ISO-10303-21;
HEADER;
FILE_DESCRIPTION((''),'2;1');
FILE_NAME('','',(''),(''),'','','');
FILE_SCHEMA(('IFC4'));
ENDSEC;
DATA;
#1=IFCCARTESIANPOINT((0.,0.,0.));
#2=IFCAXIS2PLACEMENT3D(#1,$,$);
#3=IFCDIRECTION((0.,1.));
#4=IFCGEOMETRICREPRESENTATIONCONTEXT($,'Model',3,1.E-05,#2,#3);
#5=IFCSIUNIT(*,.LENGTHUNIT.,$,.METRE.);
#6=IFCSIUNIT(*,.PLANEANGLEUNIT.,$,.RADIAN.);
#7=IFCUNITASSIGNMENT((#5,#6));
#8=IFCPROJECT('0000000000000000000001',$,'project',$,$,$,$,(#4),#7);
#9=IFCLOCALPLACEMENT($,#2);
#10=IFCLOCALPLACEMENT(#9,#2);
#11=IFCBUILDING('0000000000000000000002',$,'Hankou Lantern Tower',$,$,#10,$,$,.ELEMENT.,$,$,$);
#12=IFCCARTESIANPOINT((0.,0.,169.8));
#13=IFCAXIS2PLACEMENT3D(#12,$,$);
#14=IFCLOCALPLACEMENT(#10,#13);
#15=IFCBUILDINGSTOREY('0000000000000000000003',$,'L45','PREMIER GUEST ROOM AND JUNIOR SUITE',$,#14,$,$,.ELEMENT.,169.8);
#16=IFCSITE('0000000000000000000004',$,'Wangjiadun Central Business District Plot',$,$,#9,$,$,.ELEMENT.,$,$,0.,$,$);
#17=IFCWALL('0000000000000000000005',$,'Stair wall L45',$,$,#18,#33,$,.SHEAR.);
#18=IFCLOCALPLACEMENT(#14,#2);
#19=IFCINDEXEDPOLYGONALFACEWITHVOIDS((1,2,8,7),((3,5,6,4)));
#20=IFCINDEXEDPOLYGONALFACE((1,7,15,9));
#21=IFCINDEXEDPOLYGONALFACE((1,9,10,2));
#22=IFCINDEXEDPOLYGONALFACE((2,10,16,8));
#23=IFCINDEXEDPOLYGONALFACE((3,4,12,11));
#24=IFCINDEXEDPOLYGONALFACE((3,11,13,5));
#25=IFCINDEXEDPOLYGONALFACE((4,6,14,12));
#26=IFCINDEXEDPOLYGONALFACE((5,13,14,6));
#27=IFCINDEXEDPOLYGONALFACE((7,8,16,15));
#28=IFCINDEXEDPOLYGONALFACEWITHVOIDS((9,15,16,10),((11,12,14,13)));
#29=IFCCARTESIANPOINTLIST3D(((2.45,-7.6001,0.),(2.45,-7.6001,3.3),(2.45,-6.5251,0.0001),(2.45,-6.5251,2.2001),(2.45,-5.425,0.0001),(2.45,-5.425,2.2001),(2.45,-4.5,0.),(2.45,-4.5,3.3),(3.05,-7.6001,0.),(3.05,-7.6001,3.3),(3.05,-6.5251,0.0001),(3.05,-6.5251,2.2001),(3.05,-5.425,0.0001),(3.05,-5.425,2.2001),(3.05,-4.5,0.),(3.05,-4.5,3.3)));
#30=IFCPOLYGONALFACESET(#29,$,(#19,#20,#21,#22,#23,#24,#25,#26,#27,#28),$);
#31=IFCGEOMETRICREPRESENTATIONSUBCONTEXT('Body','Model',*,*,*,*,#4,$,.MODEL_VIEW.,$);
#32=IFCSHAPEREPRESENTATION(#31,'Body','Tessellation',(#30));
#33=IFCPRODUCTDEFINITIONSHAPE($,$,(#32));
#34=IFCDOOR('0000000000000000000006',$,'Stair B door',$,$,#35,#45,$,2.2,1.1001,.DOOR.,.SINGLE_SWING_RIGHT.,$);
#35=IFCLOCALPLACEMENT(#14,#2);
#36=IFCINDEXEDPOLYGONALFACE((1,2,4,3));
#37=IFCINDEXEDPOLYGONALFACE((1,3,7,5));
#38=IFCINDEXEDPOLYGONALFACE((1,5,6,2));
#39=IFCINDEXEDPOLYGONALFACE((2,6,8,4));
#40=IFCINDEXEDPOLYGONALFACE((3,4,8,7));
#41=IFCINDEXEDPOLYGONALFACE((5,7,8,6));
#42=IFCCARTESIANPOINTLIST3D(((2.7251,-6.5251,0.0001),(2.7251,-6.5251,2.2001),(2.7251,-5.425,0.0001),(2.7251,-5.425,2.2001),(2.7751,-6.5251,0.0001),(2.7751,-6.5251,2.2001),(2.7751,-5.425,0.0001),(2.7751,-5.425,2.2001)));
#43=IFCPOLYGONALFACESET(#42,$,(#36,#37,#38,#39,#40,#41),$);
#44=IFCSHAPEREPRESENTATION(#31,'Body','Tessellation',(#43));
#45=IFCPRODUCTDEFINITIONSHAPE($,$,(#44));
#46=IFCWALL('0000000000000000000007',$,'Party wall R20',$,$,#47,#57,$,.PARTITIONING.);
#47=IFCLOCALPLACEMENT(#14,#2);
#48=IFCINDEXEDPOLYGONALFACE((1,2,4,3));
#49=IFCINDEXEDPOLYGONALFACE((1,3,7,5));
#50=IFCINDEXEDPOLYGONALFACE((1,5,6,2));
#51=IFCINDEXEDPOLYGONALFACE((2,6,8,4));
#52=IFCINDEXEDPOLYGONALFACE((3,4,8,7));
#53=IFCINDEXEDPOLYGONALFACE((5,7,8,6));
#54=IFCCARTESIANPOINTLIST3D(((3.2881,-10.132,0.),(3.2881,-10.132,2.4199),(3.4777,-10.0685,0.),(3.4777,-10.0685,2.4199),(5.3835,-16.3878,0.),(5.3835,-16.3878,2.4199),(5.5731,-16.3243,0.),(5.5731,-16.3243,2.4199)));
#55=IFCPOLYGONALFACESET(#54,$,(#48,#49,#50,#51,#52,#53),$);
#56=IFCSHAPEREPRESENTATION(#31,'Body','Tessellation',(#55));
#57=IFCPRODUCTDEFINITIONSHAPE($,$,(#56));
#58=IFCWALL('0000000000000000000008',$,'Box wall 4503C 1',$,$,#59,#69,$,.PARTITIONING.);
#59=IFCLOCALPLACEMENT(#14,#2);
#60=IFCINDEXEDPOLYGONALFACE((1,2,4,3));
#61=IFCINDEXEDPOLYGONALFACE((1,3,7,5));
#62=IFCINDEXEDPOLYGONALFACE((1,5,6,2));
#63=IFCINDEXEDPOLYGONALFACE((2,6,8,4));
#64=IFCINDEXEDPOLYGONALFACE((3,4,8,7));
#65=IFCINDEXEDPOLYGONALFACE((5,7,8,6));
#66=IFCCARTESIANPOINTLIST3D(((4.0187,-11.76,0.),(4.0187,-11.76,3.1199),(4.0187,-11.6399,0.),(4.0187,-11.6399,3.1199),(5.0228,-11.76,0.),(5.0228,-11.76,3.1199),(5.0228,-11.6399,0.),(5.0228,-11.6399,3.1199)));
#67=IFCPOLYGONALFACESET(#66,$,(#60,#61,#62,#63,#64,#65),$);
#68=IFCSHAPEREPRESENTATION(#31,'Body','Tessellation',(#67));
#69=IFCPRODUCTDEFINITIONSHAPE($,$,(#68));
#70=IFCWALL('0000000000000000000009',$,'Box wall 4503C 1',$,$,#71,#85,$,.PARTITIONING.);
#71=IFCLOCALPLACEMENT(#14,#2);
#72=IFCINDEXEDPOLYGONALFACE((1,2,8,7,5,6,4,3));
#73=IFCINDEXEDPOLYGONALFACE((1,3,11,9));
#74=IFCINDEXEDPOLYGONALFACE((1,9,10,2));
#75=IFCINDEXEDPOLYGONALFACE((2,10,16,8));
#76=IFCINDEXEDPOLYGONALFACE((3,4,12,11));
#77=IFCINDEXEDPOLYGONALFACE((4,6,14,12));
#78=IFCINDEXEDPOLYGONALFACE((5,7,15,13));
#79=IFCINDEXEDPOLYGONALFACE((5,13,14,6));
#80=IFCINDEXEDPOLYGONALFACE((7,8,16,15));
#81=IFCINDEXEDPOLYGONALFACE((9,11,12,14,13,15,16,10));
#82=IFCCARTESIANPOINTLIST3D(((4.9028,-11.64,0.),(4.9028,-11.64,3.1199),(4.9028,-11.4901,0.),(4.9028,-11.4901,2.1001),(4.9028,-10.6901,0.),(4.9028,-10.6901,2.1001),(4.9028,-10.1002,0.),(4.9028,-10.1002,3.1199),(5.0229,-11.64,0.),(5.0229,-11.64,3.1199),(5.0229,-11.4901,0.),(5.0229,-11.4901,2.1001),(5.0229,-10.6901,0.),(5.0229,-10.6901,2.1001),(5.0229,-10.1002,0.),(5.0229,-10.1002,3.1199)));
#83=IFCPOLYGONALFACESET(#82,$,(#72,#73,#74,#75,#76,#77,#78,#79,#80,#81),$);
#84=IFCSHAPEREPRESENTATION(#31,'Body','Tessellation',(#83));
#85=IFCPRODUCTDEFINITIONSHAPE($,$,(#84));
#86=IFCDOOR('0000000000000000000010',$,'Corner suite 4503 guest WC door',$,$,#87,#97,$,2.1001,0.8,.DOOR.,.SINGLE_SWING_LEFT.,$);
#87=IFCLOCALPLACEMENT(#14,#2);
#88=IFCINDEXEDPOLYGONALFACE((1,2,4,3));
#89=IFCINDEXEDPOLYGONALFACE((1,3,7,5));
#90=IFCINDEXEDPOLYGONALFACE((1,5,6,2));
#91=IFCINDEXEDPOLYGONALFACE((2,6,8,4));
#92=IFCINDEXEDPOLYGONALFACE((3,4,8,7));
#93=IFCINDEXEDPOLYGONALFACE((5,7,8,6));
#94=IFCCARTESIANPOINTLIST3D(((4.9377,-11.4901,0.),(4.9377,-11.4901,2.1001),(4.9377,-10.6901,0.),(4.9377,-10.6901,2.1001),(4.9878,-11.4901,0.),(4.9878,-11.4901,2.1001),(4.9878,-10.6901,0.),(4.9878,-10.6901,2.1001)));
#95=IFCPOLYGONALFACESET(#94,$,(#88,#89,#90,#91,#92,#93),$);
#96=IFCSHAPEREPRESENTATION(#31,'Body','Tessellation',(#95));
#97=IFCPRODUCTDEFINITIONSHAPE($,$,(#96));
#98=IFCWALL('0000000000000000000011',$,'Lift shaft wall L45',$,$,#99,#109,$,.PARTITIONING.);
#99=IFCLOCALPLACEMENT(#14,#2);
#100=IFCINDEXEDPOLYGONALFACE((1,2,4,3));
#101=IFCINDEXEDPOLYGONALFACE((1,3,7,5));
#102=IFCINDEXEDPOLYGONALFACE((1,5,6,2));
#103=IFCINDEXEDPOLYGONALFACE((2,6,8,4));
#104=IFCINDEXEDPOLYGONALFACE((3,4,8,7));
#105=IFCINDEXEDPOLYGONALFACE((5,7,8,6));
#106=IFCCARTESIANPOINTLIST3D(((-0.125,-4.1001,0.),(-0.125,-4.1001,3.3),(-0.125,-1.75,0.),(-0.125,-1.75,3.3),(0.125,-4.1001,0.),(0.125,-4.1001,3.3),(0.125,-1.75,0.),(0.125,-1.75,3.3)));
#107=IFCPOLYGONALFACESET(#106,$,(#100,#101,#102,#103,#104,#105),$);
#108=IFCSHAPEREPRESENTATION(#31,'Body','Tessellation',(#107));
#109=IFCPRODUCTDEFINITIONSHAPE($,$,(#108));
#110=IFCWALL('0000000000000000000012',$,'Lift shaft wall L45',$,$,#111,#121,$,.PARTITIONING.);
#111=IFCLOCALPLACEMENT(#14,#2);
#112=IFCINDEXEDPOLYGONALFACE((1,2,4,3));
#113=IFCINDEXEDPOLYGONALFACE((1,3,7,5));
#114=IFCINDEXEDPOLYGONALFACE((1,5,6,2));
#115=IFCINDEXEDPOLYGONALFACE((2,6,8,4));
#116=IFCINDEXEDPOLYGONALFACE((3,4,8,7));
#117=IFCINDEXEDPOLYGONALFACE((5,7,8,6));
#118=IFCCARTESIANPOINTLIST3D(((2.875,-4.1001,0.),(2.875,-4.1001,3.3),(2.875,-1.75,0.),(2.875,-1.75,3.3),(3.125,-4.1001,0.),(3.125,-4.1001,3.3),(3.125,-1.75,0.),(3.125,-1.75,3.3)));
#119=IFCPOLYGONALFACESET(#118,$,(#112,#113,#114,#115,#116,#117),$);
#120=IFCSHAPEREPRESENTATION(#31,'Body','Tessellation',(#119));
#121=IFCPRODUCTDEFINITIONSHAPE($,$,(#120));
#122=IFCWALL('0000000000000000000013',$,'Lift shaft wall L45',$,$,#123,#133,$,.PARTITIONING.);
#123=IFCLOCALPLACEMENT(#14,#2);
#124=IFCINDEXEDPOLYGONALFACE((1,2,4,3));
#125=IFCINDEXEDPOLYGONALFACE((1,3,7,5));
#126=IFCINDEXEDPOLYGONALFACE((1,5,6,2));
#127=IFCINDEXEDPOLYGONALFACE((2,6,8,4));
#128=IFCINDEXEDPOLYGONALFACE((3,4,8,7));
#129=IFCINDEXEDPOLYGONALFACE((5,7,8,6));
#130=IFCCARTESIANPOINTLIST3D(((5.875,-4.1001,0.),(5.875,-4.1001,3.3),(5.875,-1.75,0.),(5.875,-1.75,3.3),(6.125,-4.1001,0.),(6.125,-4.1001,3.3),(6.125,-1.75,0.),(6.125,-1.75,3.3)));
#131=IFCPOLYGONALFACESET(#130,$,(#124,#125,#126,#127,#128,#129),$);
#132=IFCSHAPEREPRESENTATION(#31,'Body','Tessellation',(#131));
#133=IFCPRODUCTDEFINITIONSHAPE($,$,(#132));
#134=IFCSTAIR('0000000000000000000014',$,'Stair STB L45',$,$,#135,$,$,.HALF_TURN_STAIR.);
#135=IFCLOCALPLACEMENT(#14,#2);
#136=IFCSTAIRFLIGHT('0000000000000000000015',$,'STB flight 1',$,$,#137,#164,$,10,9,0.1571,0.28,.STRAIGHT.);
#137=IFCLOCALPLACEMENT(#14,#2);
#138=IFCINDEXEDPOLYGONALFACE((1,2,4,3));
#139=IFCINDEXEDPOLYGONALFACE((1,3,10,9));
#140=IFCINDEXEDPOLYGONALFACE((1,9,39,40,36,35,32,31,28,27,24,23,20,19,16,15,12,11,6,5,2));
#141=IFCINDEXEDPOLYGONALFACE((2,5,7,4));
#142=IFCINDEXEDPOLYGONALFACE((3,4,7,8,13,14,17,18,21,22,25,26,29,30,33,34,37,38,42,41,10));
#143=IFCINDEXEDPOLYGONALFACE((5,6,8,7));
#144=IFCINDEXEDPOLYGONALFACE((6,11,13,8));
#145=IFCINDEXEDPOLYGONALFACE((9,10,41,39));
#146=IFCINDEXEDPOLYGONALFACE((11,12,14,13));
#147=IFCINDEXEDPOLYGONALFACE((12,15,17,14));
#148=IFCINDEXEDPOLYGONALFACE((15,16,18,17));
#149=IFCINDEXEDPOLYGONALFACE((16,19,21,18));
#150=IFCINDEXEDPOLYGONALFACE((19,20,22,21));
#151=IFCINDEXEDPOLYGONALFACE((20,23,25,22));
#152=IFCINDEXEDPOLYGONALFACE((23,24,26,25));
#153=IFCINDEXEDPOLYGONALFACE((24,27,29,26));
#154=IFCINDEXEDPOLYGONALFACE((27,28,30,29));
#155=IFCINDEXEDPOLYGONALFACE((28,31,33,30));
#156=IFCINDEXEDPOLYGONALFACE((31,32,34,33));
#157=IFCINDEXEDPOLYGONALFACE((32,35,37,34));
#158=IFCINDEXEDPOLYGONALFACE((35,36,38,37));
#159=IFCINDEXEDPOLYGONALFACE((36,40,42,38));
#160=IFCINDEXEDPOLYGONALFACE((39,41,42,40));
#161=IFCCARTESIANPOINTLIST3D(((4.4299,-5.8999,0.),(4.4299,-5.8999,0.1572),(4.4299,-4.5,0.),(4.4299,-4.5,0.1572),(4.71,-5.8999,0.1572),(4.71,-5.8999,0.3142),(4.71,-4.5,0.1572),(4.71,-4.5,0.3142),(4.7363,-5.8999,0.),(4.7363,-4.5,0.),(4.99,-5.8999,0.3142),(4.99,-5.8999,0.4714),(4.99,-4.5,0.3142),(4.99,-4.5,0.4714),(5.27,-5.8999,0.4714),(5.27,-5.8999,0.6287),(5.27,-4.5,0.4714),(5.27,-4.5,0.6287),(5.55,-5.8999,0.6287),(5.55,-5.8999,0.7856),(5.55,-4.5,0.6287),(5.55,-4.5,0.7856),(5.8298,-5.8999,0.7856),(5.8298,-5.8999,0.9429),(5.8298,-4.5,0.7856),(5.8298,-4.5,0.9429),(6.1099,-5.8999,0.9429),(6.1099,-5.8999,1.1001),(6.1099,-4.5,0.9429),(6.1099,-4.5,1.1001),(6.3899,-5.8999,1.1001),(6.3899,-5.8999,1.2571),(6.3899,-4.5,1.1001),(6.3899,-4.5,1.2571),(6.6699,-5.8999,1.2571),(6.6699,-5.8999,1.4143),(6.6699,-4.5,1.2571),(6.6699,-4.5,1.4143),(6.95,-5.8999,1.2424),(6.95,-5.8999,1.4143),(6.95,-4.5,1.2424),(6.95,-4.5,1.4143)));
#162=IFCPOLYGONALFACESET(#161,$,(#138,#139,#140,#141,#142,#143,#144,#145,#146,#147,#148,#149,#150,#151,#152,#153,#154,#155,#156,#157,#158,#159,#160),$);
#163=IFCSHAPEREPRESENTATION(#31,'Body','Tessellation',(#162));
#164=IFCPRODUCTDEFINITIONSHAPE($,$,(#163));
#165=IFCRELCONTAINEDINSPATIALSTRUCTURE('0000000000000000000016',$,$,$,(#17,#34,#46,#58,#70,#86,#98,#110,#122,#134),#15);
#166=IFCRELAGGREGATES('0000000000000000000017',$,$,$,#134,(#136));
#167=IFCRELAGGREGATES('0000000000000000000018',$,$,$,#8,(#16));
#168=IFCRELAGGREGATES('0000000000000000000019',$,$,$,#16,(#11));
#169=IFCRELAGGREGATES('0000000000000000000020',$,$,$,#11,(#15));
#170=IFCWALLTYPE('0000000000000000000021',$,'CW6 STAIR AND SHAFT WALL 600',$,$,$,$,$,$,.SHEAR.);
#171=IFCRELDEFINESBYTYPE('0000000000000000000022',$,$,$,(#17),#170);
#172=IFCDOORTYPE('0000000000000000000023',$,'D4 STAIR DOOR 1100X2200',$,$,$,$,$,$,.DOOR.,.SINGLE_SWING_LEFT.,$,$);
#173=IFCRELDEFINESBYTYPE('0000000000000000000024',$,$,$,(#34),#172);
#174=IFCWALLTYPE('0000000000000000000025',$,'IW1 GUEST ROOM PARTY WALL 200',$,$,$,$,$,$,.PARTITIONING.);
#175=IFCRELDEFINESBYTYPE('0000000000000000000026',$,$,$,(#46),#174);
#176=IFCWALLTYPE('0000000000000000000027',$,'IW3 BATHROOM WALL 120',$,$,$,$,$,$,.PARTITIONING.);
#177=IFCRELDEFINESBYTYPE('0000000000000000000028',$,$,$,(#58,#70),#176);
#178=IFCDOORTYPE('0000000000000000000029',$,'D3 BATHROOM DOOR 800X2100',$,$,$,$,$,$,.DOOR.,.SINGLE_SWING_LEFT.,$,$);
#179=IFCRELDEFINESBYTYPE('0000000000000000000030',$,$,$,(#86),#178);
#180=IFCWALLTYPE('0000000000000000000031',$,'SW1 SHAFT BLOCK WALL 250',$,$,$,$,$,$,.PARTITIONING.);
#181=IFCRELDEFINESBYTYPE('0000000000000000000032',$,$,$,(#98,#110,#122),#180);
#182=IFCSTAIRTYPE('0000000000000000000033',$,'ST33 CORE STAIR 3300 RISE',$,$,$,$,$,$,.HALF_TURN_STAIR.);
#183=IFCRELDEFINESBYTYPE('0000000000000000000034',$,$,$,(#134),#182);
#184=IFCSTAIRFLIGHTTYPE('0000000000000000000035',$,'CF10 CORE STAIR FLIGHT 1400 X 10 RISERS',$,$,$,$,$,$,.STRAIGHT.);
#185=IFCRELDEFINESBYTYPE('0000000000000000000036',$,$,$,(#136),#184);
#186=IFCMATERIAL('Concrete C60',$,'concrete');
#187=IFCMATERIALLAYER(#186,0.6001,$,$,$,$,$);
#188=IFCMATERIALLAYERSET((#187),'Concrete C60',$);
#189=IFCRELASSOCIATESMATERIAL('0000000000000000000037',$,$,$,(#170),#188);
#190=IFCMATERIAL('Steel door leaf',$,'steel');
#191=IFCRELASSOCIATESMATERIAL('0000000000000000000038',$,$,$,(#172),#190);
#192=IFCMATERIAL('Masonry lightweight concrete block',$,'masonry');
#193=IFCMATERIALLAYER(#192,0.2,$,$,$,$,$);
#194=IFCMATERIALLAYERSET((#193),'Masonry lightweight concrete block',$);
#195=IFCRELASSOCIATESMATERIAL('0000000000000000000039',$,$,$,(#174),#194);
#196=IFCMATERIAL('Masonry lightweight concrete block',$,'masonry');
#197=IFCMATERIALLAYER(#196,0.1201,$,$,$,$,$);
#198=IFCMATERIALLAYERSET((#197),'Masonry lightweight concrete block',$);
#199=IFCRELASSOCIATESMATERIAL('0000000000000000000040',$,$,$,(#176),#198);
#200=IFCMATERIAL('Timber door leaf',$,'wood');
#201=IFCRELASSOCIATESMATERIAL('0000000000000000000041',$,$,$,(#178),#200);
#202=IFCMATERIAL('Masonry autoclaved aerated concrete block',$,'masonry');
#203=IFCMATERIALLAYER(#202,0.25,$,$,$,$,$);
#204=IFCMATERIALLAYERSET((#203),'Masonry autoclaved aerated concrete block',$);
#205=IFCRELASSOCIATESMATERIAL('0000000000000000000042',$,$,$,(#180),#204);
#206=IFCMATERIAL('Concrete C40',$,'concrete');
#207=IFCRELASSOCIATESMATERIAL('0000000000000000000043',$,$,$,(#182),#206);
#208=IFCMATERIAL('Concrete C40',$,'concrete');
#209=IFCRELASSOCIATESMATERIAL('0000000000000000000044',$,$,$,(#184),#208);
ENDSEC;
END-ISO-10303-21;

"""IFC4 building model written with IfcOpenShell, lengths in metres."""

from ifc_helpers import new_model, si_unit, direction, frame, frame_2d, origin, place, context, subcontext, project, spatial, polyline, rectangle, outline, extrude, material, layer, layer_set, type_object, element, fill, aggregate, save


model = new_model("IFC4")

# Units and contexts
model_context = context("Model", 3, precision=1e-05, world=origin(), true_north=direction((0.0, 1.0)))
body_context = subcontext(model_context, "Body", "Model", "MODEL_VIEW")
ifc_project = project(units=[si_unit("LENGTHUNIT", "METRE"), si_unit("PLANEANGLEUNIT", "RADIAN")], contexts=[model_context])

# Site, building, storey
site_placement = place(None, origin())
site = spatial("IfcSite", under=ifc_project, at=site_placement, Name="Wangjiadun Central Business District Plot", CompositionType="ELEMENT", RefElevation=0.0)
building_placement = place(site_placement, origin())
building = spatial("IfcBuilding", under=site, at=building_placement, Name="Hankou Lantern Tower", CompositionType="ELEMENT")
storey_placement = place(building_placement, frame((0.0, 0.0, 169.8)))
storey = spatial("IfcBuildingStorey", under=building, at=storey_placement, Name="L45", Description="PREMIER GUEST ROOM AND JUNIOR SUITE", CompositionType="ELEMENT", Elevation=169.8)

# Wall, opening, door
ifc_material_1 = material(Name="Concrete C60", Category="concrete")
ifc_layer_1 = layer(ifc_material_1, 0.6001)
ifc_layer_set_1 = layer_set([ifc_layer_1], Name="Concrete C60")
wall_type_1 = type_object("IfcWallType", Name="CW6 STAIR AND SHAFT WALL 600", PredefinedType="SHEAR", material=ifc_layer_set_1)
wall_1_placement = place(storey_placement, frame((2.75, -7.6001, 0.0), z_axis=(0.0, 0.0, 1.0), x_axis=(0.0, 1.0, 0.0)))
wall_1 = element("IfcWall", 1, at=wall_1_placement, inside=storey, type_object=wall_type_1, Name="Stair wall L45", PredefinedType="SHEAR", context=body_context, shape_type="SweptSolid", body=[
    extrude(rectangle(XDim=3.1001, YDim=0.6001, at=frame_2d((1.55, 0.0))), origin(), (0.0, 0.0, 1.0), 3.3),
])
opening_1_placement = place(wall_1_placement, frame((1.075, 0.0, 0.0)))
opening_1 = element("IfcOpeningElement", 2, at=opening_1_placement, cuts=wall_1, PredefinedType="OPENING", context=body_context, shape_type="SweptSolid", body=[
    extrude(rectangle(XDim=1.1001, YDim=2.2, at=frame_2d((0.55, 1.1001))), frame((0.0, 0.3101, 0.0), z_axis=(0.0, -1.0, 0.0), x_axis=(1.0, 0.0, 0.0)), (0.0, 0.0, 1.0), 0.6201),
])
ifc_material_2 = material(Name="Steel door leaf", Category="steel")
door_type_1 = type_object("IfcDoorType", Name="D4 STAIR DOOR 1100X2200", OperationType="SINGLE_SWING_LEFT", PredefinedType="DOOR", material=ifc_material_2)
door_1_placement = place(opening_1_placement, origin())
door_1 = element("IfcDoor", 3, at=door_1_placement, inside=storey, type_object=door_type_1, Name="Stair B door", OperationType="SINGLE_SWING_RIGHT", OverallHeight=2.2, OverallWidth=1.1001, PredefinedType="DOOR", context=body_context, shape_type="SweptSolid", body=[
    extrude(rectangle(XDim=1.1001, YDim=2.2, at=frame_2d((0.55, 1.1001))), frame((0.0, 0.0249, 0.0), z_axis=(0.0, -1.0, 0.0), x_axis=(1.0, 0.0, 0.0)), (0.0, 0.0, 1.0), 0.05),
])
fill(opening_1, door_1)

# Walls
ifc_material_3 = material(Name="Masonry lightweight concrete block", Category="masonry")
ifc_layer_2 = layer(ifc_material_3, 0.2)
ifc_layer_set_2 = layer_set([ifc_layer_2], Name="Masonry lightweight concrete block")
wall_type_2 = type_object("IfcWallType", Name="IW1 GUEST ROOM PARTY WALL 200", PredefinedType="PARTITIONING", material=ifc_layer_set_2)
wall_2_placement = place(storey_placement, frame((3.3828, -10.1001, 0.0), z_axis=(0.0, 0.0, 1.0), x_axis=(0.317615, -0.94822, 0.0)))
element("IfcWall", 4, at=wall_2_placement, inside=storey, type_object=wall_type_2, Name="Party wall R20", PredefinedType="PARTITIONING", context=body_context, shape_type="SweptSolid", body=[
    extrude(rectangle(XDim=6.5974, YDim=0.2, at=frame_2d((3.2988, 0.0))), origin(), (0.0, 0.0, 1.0), 2.4199),
])
ifc_material_4 = material(Name="Masonry lightweight concrete block", Category="masonry")
ifc_layer_3 = layer(ifc_material_4, 0.1201)
ifc_layer_set_3 = layer_set([ifc_layer_3], Name="Masonry lightweight concrete block")
wall_type_3 = type_object("IfcWallType", Name="IW3 BATHROOM WALL 120", PredefinedType="PARTITIONING", material=ifc_layer_set_3)
wall_3_placement = place(storey_placement, frame((4.0188, -11.7, 0.0), z_axis=(0.0, 0.0, 1.0), x_axis=(1.0, 0.0, 0.0)))
element("IfcWall", 5, at=wall_3_placement, inside=storey, type_object=wall_type_3, Name="Box wall 4503C 1", PredefinedType="PARTITIONING", context=body_context, shape_type="SweptSolid", body=[
    extrude(rectangle(XDim=1.0042, YDim=0.1201, at=frame_2d((0.502, 0.0))), origin(), (0.0, 0.0, 1.0), 3.1199),
])

# Wall, opening, door
wall_4_placement = place(storey_placement, frame((4.9629, -10.1001, 0.0), z_axis=(0.0, 0.0, 1.0), x_axis=(0.0, -1.0, 0.0)))
wall_4 = element("IfcWall", 6, at=wall_4_placement, inside=storey, type_object=wall_type_3, Name="Box wall 4503C 1", PredefinedType="PARTITIONING", context=body_context, shape_type="SweptSolid", body=[
    extrude(rectangle(XDim=1.5398, YDim=0.1201, at=frame_2d((0.77, 0.0))), origin(), (0.0, 0.0, 1.0), 3.1199),
])
opening_2_placement = place(wall_4_placement, frame((0.5901, 0.0, 0.0)))
opening_2 = element("IfcOpeningElement", 7, at=opening_2_placement, cuts=wall_4, PredefinedType="OPENING", context=body_context, shape_type="SweptSolid", body=[
    extrude(rectangle(XDim=0.8, YDim=2.1001, at=frame_2d((0.3999, 1.05))), frame((0.0, 0.0701, 0.0), z_axis=(0.0, -1.0, 0.0), x_axis=(1.0, 0.0, 0.0)), (0.0, 0.0, 1.0), 0.1401),
])
ifc_material_5 = material(Name="Timber door leaf", Category="wood")
door_type_2 = type_object("IfcDoorType", Name="D3 BATHROOM DOOR 800X2100", OperationType="SINGLE_SWING_LEFT", PredefinedType="DOOR", material=ifc_material_5)
door_2_placement = place(opening_2_placement, origin())
door_2 = element("IfcDoor", 8, at=door_2_placement, inside=storey, type_object=door_type_2, Name="Corner suite 4503 guest WC door", OperationType="SINGLE_SWING_LEFT", OverallHeight=2.1001, OverallWidth=0.8, PredefinedType="DOOR", context=body_context, shape_type="SweptSolid", body=[
    extrude(rectangle(XDim=0.8, YDim=2.1001, at=frame_2d((0.3999, 1.05))), frame((0.0, 0.0249, 0.0), z_axis=(0.0, -1.0, 0.0), x_axis=(1.0, 0.0, 0.0)), (0.0, 0.0, 1.0), 0.05),
])
fill(opening_2, door_2)

# Walls
ifc_material_6 = material(Name="Masonry autoclaved aerated concrete block", Category="masonry")
ifc_layer_4 = layer(ifc_material_6, 0.25)
ifc_layer_set_4 = layer_set([ifc_layer_4], Name="Masonry autoclaved aerated concrete block")
wall_type_4 = type_object("IfcWallType", Name="SW1 SHAFT BLOCK WALL 250", PredefinedType="PARTITIONING", material=ifc_layer_set_4)
for number, where, z_axis, x_axis, name in (
    (9, (0.0, -4.1001, 0.0), (0.0, 0.0, 1.0), (0.0, 1.0, 0.0), "Lift shaft wall L45"),
    (10, (3.0, -4.1001, 0.0), (0.0, 0.0, 1.0), (0.0, 1.0, 0.0), "Lift shaft wall L45"),
    (11, (6.0, -4.1001, 0.0), (0.0, 0.0, 1.0), (0.0, 1.0, 0.0), "Lift shaft wall L45"),
):
    element("IfcWall", number, at=place(storey_placement, frame(where, z_axis=z_axis, x_axis=x_axis)), inside=storey, type_object=wall_type_4, Name=name, PredefinedType="PARTITIONING", context=body_context, shape_type="SweptSolid", body=[
        extrude(rectangle(XDim=2.3501, YDim=0.25, at=frame_2d((1.175, 0.0))), origin(), (0.0, 0.0, 1.0), 3.3),
    ])

# Stair, stair flight
ifc_material_7 = material(Name="Concrete C40", Category="concrete")
stair_type = type_object("IfcStairType", Name="ST33 CORE STAIR 3300 RISE", PredefinedType="HALF_TURN_STAIR", material=ifc_material_7)
stair_placement = place(storey_placement, origin())
stair = element("IfcStair", 12, at=stair_placement, inside=storey, type_object=stair_type, Name="Stair STB L45", PredefinedType="HALF_TURN_STAIR")
ifc_material_8 = material(Name="Concrete C40", Category="concrete")
stair_flight_type_1 = type_object("IfcStairFlightType", Name="CF10 CORE STAIR FLIGHT 1400 X 10 RISERS", PredefinedType="STRAIGHT", material=ifc_material_8)
stair_flight_1_placement = place(storey_placement, frame((4.4299, -5.2, 0.0), z_axis=(0.0, 0.0, 1.0), x_axis=(1.0, 0.0, 0.0)))
stair_flight_1 = element("IfcStairFlight", 13, at=stair_flight_1_placement, type_object=stair_flight_type_1, Name="STB flight 1", NumberOfRisers=10, NumberOfTreads=9, PredefinedType="STRAIGHT", RiserHeight=0.1571, TreadLength=0.28, context=body_context, shape_type="SweptSolid", body=[
    extrude(outline(polyline([(0.0, 0.0), (0.0, 0.1572), (0.28, 0.1572), (0.28, 0.3142), (0.5601, 0.3142), (0.5601, 0.4714), (0.8401, 0.4714), (0.8401, 0.6287), (1.1201, 0.6287), (1.1201, 0.7856), (1.3999, 0.7856), (1.3999, 0.9429), (1.6799, 0.9429), (1.6799, 1.1001), (1.96, 1.1001), (1.96, 1.2571), (2.24, 1.2571), (2.24, 1.4143), (2.52, 1.4143), (2.52, 1.5715), (2.52, 1.2424), (0.3064, 0.0), (0.0, 0.0)])), frame((0.0, 0.7, 0.0), z_axis=(0.0, -1.0, 0.0), x_axis=(1.0, 0.0, 0.0)), (0.0, 0.0, 1.0), 1.3999),
])
aggregate(stair, [stair_flight_1])

save(model, "model.ifc")
